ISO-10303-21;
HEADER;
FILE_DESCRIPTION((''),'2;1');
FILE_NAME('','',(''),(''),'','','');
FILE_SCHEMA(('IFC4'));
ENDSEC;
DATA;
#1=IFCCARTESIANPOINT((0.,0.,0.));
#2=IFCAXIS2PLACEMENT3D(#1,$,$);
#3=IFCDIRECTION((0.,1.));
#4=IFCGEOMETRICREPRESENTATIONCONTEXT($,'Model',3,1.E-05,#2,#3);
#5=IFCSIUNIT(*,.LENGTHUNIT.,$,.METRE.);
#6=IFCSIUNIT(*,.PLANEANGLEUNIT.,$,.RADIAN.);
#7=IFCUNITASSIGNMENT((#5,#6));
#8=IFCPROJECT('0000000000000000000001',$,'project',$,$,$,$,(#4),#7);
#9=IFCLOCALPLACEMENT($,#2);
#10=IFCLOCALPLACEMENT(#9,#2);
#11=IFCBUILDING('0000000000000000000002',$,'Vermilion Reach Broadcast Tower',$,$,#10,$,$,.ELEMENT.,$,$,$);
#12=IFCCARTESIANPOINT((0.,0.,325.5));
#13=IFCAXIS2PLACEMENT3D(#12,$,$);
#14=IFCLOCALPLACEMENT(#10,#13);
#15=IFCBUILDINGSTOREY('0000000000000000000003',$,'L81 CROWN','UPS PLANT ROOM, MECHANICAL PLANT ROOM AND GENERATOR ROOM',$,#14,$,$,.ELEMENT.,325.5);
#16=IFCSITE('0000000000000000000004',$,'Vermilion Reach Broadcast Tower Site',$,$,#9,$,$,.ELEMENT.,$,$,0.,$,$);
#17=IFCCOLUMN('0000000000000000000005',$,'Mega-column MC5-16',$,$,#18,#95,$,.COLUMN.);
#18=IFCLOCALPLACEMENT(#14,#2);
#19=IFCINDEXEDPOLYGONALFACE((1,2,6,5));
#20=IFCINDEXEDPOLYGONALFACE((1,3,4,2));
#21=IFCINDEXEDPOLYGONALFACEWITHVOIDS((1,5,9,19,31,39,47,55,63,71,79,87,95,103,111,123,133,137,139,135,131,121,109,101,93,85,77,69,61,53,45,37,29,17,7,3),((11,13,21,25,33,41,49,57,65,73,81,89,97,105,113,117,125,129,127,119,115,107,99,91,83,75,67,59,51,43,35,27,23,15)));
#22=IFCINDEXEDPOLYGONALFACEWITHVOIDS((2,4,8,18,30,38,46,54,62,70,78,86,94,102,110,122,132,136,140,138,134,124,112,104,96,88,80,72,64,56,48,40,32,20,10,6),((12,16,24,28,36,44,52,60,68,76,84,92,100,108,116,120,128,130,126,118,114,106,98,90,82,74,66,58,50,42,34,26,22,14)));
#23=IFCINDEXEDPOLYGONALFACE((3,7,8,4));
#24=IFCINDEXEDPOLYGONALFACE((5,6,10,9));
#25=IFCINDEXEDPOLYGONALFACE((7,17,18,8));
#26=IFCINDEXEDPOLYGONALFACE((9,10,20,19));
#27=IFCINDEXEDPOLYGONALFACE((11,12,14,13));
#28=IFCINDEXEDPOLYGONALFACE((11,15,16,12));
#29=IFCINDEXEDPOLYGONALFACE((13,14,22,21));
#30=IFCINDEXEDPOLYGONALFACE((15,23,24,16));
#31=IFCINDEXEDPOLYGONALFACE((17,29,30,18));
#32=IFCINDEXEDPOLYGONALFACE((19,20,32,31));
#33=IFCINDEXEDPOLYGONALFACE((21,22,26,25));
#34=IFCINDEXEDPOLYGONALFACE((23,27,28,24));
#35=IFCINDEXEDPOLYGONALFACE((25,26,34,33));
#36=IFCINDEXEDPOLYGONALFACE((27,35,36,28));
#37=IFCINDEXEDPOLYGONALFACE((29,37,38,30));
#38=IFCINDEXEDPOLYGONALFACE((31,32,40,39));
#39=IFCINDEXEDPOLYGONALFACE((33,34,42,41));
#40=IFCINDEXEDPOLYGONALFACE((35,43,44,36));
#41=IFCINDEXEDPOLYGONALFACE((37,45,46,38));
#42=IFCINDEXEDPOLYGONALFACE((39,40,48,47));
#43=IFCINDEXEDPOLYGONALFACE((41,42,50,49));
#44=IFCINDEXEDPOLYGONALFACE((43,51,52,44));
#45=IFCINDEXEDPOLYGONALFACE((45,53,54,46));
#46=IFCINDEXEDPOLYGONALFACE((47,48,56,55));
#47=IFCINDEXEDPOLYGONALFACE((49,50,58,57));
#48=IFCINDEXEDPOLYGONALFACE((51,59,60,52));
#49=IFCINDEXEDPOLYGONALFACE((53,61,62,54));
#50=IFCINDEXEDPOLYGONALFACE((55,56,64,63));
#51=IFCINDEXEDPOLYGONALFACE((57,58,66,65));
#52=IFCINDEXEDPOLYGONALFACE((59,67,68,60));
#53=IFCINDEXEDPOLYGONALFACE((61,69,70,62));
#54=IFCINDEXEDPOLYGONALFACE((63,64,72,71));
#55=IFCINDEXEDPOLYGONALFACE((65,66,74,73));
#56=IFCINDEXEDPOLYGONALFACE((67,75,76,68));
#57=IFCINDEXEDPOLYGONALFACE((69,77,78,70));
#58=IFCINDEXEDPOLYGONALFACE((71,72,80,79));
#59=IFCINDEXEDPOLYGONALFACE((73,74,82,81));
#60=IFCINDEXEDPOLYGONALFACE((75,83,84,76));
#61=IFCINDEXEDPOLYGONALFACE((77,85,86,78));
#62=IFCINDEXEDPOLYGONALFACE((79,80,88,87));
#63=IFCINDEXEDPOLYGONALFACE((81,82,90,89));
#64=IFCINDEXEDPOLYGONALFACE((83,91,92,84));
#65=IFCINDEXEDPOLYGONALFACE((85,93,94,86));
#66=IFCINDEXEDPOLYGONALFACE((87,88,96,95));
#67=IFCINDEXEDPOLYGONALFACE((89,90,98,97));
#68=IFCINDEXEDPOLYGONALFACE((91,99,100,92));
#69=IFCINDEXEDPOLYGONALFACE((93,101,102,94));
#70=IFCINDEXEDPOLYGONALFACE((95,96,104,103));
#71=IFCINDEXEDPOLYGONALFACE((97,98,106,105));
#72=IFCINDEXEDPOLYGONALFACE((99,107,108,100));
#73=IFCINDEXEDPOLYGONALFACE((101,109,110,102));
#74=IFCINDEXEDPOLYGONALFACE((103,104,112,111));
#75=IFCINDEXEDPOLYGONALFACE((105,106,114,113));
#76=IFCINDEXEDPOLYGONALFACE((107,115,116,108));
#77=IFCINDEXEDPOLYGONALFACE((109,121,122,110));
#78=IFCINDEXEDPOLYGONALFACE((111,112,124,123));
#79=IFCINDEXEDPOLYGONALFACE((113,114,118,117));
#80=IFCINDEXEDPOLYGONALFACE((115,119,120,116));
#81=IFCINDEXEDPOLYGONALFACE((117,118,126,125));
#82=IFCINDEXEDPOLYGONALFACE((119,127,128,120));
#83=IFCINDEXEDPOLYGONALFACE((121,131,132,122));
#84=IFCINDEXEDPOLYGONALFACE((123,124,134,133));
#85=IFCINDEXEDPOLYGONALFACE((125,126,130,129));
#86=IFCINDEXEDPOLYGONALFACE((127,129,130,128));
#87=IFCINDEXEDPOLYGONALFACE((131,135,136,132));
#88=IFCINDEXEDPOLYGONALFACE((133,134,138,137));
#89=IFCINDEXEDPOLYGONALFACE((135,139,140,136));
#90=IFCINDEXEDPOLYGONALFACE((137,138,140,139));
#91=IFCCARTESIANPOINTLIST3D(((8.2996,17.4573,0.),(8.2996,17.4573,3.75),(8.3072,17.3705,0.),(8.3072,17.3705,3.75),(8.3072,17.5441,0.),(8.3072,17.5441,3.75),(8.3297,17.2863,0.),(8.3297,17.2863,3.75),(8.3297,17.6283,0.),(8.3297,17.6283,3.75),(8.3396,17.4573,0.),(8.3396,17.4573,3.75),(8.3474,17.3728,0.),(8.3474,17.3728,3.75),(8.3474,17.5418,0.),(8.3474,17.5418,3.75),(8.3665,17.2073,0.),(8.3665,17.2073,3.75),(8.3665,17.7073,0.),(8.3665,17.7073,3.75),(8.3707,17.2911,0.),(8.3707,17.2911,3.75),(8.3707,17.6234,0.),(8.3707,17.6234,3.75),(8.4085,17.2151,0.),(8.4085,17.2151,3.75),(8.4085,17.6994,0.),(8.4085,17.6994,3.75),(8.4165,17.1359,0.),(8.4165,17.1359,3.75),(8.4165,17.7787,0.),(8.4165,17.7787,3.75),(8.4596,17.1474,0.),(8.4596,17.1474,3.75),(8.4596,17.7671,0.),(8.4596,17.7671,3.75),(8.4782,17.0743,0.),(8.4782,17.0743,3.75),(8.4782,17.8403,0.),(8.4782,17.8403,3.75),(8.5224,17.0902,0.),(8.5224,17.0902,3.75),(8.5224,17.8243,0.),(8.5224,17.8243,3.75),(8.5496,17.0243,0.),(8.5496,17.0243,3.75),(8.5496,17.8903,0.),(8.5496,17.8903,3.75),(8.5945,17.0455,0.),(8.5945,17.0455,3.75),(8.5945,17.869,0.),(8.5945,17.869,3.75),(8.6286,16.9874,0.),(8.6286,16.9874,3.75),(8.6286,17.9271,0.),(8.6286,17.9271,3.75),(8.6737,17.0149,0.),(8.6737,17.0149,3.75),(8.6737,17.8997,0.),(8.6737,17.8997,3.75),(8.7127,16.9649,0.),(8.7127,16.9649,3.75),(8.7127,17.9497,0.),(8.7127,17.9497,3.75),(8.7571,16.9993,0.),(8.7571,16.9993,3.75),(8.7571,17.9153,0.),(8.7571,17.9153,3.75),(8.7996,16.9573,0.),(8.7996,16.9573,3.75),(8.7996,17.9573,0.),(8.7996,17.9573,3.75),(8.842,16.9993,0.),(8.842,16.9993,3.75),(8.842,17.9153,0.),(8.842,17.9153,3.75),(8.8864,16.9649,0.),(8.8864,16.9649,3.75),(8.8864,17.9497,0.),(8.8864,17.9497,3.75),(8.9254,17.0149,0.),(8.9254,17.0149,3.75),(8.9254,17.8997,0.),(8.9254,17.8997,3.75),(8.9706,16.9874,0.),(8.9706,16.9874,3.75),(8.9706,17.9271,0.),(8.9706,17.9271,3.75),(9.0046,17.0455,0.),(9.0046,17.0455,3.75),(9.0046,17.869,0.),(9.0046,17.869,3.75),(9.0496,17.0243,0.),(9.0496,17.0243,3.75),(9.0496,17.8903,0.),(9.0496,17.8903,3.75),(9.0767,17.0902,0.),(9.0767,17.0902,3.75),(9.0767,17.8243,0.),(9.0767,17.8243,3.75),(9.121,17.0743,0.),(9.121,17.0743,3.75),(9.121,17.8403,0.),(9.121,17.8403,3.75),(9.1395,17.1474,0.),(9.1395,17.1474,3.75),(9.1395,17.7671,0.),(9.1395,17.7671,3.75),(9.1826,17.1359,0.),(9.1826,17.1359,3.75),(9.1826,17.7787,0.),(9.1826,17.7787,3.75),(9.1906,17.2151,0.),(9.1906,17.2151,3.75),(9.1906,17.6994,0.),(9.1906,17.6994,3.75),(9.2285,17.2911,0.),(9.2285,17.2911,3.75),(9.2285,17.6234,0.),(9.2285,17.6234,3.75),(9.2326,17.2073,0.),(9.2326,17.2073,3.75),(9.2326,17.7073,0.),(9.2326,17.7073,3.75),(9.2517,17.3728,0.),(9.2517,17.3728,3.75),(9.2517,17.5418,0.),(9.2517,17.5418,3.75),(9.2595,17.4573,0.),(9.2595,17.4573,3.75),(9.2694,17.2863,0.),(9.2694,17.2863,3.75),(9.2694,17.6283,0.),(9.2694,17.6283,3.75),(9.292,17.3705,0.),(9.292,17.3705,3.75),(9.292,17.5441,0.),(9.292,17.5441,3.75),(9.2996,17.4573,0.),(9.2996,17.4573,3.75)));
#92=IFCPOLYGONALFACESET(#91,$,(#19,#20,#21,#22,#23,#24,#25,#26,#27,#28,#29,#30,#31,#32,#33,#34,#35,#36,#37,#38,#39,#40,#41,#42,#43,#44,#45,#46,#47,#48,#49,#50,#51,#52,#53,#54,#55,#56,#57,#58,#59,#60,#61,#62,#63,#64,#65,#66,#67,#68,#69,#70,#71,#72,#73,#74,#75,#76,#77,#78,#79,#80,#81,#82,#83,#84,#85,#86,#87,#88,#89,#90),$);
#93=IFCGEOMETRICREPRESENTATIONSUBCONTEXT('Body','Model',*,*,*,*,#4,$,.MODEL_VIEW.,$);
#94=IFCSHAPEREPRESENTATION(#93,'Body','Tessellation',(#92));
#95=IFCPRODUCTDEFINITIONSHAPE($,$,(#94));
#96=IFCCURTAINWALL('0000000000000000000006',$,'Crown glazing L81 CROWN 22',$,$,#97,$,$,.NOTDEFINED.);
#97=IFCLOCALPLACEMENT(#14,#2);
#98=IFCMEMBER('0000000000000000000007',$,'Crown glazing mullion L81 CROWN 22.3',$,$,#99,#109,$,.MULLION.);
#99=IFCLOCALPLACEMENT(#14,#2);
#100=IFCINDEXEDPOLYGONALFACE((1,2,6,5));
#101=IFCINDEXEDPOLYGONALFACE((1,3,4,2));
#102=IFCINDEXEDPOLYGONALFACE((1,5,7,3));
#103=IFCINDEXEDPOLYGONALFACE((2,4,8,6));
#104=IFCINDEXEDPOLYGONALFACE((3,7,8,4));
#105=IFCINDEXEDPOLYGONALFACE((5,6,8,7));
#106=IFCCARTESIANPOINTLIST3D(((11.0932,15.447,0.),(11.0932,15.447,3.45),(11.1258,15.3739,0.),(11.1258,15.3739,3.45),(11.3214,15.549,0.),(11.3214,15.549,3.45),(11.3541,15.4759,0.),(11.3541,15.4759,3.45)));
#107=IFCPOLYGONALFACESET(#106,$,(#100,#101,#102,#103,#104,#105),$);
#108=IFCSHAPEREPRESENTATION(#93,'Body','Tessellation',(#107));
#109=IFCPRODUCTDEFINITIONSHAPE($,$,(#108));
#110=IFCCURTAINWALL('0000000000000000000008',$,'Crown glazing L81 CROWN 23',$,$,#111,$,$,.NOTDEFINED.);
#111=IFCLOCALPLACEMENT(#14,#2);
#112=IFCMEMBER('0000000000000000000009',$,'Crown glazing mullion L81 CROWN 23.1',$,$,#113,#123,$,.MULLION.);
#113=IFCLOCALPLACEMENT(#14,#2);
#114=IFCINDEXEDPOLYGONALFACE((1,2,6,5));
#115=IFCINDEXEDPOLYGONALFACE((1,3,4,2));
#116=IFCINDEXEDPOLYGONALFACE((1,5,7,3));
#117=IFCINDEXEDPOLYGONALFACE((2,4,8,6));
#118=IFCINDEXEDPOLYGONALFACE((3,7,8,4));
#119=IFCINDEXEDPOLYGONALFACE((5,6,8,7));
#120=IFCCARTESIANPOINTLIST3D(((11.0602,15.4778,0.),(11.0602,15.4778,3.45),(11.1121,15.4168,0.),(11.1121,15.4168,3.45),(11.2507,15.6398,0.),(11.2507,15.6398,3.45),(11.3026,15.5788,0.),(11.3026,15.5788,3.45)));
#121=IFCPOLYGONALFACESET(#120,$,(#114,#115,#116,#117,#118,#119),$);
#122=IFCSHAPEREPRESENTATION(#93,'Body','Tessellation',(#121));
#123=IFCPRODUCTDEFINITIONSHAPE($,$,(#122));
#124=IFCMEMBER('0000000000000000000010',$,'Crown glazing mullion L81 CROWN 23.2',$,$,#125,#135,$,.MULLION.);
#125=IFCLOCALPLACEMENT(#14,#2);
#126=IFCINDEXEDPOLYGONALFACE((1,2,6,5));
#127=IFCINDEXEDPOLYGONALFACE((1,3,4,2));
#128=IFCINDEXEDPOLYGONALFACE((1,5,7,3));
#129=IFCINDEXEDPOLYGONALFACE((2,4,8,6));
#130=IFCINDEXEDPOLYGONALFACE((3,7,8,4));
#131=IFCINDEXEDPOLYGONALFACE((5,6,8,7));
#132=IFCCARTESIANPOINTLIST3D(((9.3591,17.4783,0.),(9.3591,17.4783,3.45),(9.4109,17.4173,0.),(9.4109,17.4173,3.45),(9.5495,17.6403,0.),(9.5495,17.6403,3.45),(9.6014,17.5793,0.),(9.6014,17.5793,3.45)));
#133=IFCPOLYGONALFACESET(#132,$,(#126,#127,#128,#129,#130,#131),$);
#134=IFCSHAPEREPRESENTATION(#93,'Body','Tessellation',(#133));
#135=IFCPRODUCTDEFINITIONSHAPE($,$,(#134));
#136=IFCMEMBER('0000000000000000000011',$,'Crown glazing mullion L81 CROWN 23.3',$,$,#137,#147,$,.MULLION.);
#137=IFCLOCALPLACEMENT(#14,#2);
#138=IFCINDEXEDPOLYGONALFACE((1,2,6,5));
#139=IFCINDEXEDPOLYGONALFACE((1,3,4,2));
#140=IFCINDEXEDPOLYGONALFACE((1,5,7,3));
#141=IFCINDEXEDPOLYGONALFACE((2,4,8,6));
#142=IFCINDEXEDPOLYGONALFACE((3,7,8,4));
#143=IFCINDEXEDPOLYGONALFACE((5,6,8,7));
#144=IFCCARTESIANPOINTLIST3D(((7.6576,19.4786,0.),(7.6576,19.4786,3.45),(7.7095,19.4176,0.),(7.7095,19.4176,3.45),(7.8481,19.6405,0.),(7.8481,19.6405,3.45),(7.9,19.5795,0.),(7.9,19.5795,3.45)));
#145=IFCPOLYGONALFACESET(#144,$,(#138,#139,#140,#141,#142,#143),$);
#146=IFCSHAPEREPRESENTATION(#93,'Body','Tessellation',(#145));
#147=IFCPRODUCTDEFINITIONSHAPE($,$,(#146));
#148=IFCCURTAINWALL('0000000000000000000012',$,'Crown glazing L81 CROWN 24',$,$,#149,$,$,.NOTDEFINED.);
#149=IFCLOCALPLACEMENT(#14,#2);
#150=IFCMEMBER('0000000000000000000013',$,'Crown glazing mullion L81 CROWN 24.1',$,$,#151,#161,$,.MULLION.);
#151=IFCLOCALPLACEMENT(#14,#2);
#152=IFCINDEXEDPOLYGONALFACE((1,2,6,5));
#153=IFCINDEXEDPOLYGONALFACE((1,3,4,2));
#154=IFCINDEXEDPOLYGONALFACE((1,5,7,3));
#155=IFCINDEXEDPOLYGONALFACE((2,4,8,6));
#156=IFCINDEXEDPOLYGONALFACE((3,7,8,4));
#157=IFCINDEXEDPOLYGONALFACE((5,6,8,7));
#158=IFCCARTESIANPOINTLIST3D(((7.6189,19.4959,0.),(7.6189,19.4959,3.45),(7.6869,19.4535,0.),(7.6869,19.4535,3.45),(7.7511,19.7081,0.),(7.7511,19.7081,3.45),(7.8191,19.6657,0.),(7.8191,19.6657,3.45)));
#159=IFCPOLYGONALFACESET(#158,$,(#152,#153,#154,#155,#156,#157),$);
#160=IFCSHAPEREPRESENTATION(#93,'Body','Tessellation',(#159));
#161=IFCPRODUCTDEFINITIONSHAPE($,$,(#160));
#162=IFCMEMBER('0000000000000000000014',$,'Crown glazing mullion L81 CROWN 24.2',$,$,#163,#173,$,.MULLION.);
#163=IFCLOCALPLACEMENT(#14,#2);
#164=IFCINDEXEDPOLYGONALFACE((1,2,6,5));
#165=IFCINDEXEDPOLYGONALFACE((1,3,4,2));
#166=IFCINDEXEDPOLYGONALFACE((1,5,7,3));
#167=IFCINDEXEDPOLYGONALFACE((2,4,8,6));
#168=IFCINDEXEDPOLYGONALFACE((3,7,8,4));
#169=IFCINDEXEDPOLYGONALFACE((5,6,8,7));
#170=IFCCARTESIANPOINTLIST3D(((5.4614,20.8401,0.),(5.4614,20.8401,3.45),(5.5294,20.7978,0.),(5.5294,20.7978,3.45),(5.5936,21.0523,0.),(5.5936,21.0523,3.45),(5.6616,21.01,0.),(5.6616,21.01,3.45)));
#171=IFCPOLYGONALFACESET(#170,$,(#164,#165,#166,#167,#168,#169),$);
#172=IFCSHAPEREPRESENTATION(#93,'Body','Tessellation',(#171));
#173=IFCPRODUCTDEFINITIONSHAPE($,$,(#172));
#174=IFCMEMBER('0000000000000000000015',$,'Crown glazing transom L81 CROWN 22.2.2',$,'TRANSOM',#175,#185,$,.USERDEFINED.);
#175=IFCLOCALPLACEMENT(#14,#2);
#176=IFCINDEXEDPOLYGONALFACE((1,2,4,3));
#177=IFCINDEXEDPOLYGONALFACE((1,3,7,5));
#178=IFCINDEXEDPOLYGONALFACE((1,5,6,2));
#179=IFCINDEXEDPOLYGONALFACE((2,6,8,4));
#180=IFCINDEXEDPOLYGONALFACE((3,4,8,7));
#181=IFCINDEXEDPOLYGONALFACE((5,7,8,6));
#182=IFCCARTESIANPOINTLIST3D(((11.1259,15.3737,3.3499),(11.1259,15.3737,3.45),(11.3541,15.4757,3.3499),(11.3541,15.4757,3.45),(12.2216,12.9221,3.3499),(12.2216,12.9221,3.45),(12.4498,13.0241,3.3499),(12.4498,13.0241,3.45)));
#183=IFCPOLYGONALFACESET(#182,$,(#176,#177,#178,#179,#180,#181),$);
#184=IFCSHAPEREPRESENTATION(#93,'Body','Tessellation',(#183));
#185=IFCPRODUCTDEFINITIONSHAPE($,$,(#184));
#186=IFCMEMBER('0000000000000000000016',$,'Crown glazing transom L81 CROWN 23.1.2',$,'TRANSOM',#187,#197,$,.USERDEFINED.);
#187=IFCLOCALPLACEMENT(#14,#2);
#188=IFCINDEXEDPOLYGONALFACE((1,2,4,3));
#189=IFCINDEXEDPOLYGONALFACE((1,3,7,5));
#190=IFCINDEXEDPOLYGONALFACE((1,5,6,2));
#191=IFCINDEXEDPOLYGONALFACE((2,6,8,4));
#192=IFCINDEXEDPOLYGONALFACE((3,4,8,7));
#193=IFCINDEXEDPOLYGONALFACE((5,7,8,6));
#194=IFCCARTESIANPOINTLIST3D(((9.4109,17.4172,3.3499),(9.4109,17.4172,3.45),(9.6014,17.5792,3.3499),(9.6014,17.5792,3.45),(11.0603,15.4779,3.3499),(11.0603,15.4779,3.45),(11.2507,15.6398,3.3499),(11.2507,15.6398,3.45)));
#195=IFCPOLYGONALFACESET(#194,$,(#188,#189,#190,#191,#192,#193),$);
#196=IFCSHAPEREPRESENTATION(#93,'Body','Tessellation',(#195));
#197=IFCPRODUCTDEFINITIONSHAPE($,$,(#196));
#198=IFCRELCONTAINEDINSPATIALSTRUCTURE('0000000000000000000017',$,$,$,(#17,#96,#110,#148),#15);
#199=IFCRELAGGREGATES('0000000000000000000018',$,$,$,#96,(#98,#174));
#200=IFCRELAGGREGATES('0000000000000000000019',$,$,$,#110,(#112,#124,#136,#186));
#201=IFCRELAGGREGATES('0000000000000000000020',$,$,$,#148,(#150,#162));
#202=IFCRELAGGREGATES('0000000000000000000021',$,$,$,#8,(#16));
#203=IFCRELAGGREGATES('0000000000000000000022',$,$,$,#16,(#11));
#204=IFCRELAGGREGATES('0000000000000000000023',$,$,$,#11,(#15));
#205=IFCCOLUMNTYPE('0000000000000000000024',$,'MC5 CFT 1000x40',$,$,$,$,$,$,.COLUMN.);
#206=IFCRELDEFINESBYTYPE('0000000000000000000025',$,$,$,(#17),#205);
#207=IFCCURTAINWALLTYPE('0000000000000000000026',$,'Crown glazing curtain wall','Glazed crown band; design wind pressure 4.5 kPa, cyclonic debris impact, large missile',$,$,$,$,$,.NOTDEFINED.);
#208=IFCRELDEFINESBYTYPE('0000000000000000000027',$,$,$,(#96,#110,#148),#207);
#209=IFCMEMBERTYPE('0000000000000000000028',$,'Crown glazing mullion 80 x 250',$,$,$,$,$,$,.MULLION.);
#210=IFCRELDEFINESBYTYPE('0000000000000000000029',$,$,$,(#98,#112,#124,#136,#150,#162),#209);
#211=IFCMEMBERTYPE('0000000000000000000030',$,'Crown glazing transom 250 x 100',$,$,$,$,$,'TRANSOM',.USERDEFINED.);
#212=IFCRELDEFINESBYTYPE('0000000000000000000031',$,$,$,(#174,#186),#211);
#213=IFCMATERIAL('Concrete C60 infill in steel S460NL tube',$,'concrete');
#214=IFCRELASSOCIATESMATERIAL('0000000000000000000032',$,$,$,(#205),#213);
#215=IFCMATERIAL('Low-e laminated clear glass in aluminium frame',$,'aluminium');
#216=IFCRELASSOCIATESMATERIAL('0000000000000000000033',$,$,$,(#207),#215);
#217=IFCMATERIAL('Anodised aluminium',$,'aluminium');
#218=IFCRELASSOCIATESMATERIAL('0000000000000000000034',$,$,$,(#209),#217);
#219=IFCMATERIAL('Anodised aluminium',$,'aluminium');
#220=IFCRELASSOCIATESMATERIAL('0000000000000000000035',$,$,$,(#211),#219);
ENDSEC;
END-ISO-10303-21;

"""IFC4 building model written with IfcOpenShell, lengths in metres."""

from ifc_helpers import new_model, si_unit, direction, frame, origin, origin_2d, place, context, subcontext, project, spatial, rectangle, hollow_circle, extrude, material, material_profile, profile_set, type_object, element, aggregate, save


model = new_model("IFC4")

# Units and contexts
model_context = context("Model", 3, precision=1e-05, world=origin(), true_north=direction((0.0, 1.0)))
body_context = subcontext(model_context, "Body", "Model", "MODEL_VIEW")
ifc_project = project(units=[si_unit("LENGTHUNIT", "METRE"), si_unit("PLANEANGLEUNIT", "RADIAN")], contexts=[model_context])

# Site, building, storey
site_placement = place(None, origin())
site = spatial("IfcSite", under=ifc_project, at=site_placement, Name="Vermilion Reach Broadcast Tower Site", CompositionType="ELEMENT", RefElevation=0.0)
building_placement = place(site_placement, origin())
building = spatial("IfcBuilding", under=site, at=building_placement, Name="Vermilion Reach Broadcast Tower", CompositionType="ELEMENT")
storey_placement = place(building_placement, frame((0.0, 0.0, 325.5)))
storey = spatial("IfcBuildingStorey", under=building, at=storey_placement, Name="L81 CROWN", Description="UPS PLANT ROOM, MECHANICAL PLANT ROOM AND GENERATOR ROOM", CompositionType="ELEMENT", Elevation=325.5)

# Column
ifc_material_1 = material(Name="Concrete C60 infill in steel S460NL tube", Category="concrete")
ifc_material_profile_1 = material_profile(ifc_material_1, hollow_circle(Radius=0.5, WallThickness=0.04, at=origin_2d()), Name="Concrete C60 infill in steel S460NL tube CFT 1000x40")
ifc_profile_set_1 = profile_set([ifc_material_profile_1], Name="Concrete C60 infill in steel S460NL tube")
column_type = type_object("IfcColumnType", Name="MC5 CFT 1000x40", PredefinedType="COLUMN", material=ifc_profile_set_1)
column_placement = place(storey_placement, frame((8.7996, 17.4573, 0.0), z_axis=(0.0, 0.0, 1.0), x_axis=(1.0, 0.0, 0.0)))
element("IfcColumn", 1, at=column_placement, inside=storey, type_object=column_type, Name="Mega-column MC5-16", PredefinedType="COLUMN", context=body_context, shape_type="SweptSolid", body=[
    extrude(hollow_circle(Radius=0.5, WallThickness=0.04, at=origin_2d()), origin(), (0.0, 0.0, 1.0), 3.75),
])

# Curtain wall, member
ifc_material_2 = material(Name="Low-e laminated clear glass in aluminium frame", Category="aluminium")
curtain_wall_type = type_object("IfcCurtainWallType", Name="Crown glazing curtain wall", Description="Glazed crown band; design wind pressure 4.5 kPa, cyclonic debris impact, large missile", PredefinedType="NOTDEFINED", material=ifc_material_2)
placement = place(storey_placement, origin())
curtain_wall_1 = element("IfcCurtainWall", 2, at=placement, inside=storey, type_object=curtain_wall_type, Name="Crown glazing L81 CROWN 22", PredefinedType="NOTDEFINED")
ifc_material_3 = material(Name="Anodised aluminium", Category="aluminium")
ifc_material_profile_2 = material_profile(ifc_material_3, rectangle(XDim=0.25, YDim=0.0801, at=origin_2d()), Name="Crown glazing mullion 80 x 250")
ifc_profile_set_2 = profile_set([ifc_material_profile_2], Name="Anodised aluminium")
member_type_1 = type_object("IfcMemberType", Name="Crown glazing mullion 80 x 250", PredefinedType="MULLION", material=ifc_profile_set_2)
member_1_placement = place(storey_placement, frame((11.2236, 15.4614, 0.0), z_axis=(0.0, 0.0, 1.0), x_axis=(-0.912989, -0.407985, 0.0)))
member_1 = element("IfcMember", 3, at=member_1_placement, type_object=member_type_1, Name="Crown glazing mullion L81 CROWN 22.3", PredefinedType="MULLION", context=body_context, shape_type="SweptSolid", body=[
    extrude(rectangle(XDim=0.25, YDim=0.0801, at=origin_2d()), origin(), (0.0, 0.0, 1.0), 3.45),
])

# Curtain walls, members
curtain_wall_2 = element("IfcCurtainWall", 4, at=placement, inside=storey, type_object=curtain_wall_type, Name="Crown glazing L81 CROWN 23", PredefinedType="NOTDEFINED")
member_2_placement = place(storey_placement, frame((11.1814, 15.5283, 0.0), z_axis=(0.0, 0.0, 1.0), x_axis=(-0.76175, -0.647871, 0.0)))
member_2 = element("IfcMember", 5, at=member_2_placement, type_object=member_type_1, Name="Crown glazing mullion L81 CROWN 23.1", PredefinedType="MULLION", context=body_context, shape_type="SweptSolid", body=[
    extrude(rectangle(XDim=0.25, YDim=0.0801, at=origin_2d()), origin(), (0.0, 0.0, 1.0), 3.45),
])
member_3_placement = place(storey_placement, frame((9.4802, 17.5288, 0.0), z_axis=(0.0, 0.0, 1.0), x_axis=(-0.76175, -0.647871, 0.0)))
member_3 = element("IfcMember", 6, at=member_3_placement, type_object=member_type_1, Name="Crown glazing mullion L81 CROWN 23.2", PredefinedType="MULLION", context=body_context, shape_type="SweptSolid", body=[
    extrude(rectangle(XDim=0.25, YDim=0.0801, at=origin_2d()), origin(), (0.0, 0.0, 1.0), 3.45),
])
member_4_placement = place(storey_placement, frame((7.7788, 19.5291, 0.0), z_axis=(0.0, 0.0, 1.0), x_axis=(-0.76175, -0.647871, 0.0)))
member_4 = element("IfcMember", 7, at=member_4_placement, type_object=member_type_1, Name="Crown glazing mullion L81 CROWN 23.3", PredefinedType="MULLION", context=body_context, shape_type="SweptSolid", body=[
    extrude(rectangle(XDim=0.25, YDim=0.0801, at=origin_2d()), origin(), (0.0, 0.0, 1.0), 3.45),
])
curtain_wall_3 = element("IfcCurtainWall", 8, at=placement, inside=storey, type_object=curtain_wall_type, Name="Crown glazing L81 CROWN 24", PredefinedType="NOTDEFINED")
member_5_placement = place(storey_placement, frame((7.719, 19.5808, 0.0), z_axis=(0.0, 0.0, 1.0), x_axis=(-0.528861, -0.848708, 0.0)))
member_5 = element("IfcMember", 9, at=member_5_placement, type_object=member_type_1, Name="Crown glazing mullion L81 CROWN 24.1", PredefinedType="MULLION", context=body_context, shape_type="SweptSolid", body=[
    extrude(rectangle(XDim=0.25, YDim=0.0801, at=origin_2d()), origin(), (0.0, 0.0, 1.0), 3.45),
])
member_6_placement = place(storey_placement, frame((5.5615, 20.925, 0.0), z_axis=(0.0, 0.0, 1.0), x_axis=(-0.528861, -0.848708, 0.0)))
member_6 = element("IfcMember", 10, at=member_6_placement, type_object=member_type_1, Name="Crown glazing mullion L81 CROWN 24.2", PredefinedType="MULLION", context=body_context, shape_type="SweptSolid", body=[
    extrude(rectangle(XDim=0.25, YDim=0.0801, at=origin_2d()), origin(), (0.0, 0.0, 1.0), 3.45),
])

# Members
ifc_material_4 = material(Name="Anodised aluminium", Category="aluminium")
ifc_material_profile_3 = material_profile(ifc_material_4, rectangle(XDim=0.25, YDim=0.1001, at=origin_2d()), Name="Crown glazing transom 250 x 100")
ifc_profile_set_3 = profile_set([ifc_material_profile_3], Name="Anodised aluminium")
member_type_2 = type_object("IfcMemberType", Name="Crown glazing transom 250 x 100", ElementType="TRANSOM", PredefinedType="USERDEFINED", material=ifc_profile_set_3)
member_7_placement = place(storey_placement, frame((12.3357, 12.9731, 3.3999), z_axis=(-0.408027, 0.91297, 0.0), x_axis=(-0.91297, -0.408027, 0.0)))
member_7 = element("IfcMember", 11, at=member_7_placement, type_object=member_type_2, Name="Crown glazing transom L81 CROWN 22.2.2", ObjectType="TRANSOM", PredefinedType="USERDEFINED", context=body_context, shape_type="SweptSolid", body=[
    extrude(rectangle(XDim=0.25, YDim=0.1001, at=origin_2d()), origin(), (0.0, 0.0, 1.0), 2.6853),
])
member_8_placement = place(storey_placement, frame((11.1555, 15.5588, 3.3999), z_axis=(-0.647849, 0.761769, 0.0), x_axis=(-0.761769, -0.647849, 0.0)))
member_8 = element("IfcMember", 12, at=member_8_placement, type_object=member_type_2, Name="Crown glazing transom L81 CROWN 23.1.2", ObjectType="TRANSOM", PredefinedType="USERDEFINED", context=body_context, shape_type="SweptSolid", body=[
    extrude(rectangle(XDim=0.25, YDim=0.1001, at=origin_2d()), origin(), (0.0, 0.0, 1.0), 2.5459),
])

aggregate(curtain_wall_1, [member_1, member_7])
aggregate(curtain_wall_2, [member_2, member_3, member_4, member_8])
aggregate(curtain_wall_3, [member_5, member_6])

save(model, "model.ifc")
